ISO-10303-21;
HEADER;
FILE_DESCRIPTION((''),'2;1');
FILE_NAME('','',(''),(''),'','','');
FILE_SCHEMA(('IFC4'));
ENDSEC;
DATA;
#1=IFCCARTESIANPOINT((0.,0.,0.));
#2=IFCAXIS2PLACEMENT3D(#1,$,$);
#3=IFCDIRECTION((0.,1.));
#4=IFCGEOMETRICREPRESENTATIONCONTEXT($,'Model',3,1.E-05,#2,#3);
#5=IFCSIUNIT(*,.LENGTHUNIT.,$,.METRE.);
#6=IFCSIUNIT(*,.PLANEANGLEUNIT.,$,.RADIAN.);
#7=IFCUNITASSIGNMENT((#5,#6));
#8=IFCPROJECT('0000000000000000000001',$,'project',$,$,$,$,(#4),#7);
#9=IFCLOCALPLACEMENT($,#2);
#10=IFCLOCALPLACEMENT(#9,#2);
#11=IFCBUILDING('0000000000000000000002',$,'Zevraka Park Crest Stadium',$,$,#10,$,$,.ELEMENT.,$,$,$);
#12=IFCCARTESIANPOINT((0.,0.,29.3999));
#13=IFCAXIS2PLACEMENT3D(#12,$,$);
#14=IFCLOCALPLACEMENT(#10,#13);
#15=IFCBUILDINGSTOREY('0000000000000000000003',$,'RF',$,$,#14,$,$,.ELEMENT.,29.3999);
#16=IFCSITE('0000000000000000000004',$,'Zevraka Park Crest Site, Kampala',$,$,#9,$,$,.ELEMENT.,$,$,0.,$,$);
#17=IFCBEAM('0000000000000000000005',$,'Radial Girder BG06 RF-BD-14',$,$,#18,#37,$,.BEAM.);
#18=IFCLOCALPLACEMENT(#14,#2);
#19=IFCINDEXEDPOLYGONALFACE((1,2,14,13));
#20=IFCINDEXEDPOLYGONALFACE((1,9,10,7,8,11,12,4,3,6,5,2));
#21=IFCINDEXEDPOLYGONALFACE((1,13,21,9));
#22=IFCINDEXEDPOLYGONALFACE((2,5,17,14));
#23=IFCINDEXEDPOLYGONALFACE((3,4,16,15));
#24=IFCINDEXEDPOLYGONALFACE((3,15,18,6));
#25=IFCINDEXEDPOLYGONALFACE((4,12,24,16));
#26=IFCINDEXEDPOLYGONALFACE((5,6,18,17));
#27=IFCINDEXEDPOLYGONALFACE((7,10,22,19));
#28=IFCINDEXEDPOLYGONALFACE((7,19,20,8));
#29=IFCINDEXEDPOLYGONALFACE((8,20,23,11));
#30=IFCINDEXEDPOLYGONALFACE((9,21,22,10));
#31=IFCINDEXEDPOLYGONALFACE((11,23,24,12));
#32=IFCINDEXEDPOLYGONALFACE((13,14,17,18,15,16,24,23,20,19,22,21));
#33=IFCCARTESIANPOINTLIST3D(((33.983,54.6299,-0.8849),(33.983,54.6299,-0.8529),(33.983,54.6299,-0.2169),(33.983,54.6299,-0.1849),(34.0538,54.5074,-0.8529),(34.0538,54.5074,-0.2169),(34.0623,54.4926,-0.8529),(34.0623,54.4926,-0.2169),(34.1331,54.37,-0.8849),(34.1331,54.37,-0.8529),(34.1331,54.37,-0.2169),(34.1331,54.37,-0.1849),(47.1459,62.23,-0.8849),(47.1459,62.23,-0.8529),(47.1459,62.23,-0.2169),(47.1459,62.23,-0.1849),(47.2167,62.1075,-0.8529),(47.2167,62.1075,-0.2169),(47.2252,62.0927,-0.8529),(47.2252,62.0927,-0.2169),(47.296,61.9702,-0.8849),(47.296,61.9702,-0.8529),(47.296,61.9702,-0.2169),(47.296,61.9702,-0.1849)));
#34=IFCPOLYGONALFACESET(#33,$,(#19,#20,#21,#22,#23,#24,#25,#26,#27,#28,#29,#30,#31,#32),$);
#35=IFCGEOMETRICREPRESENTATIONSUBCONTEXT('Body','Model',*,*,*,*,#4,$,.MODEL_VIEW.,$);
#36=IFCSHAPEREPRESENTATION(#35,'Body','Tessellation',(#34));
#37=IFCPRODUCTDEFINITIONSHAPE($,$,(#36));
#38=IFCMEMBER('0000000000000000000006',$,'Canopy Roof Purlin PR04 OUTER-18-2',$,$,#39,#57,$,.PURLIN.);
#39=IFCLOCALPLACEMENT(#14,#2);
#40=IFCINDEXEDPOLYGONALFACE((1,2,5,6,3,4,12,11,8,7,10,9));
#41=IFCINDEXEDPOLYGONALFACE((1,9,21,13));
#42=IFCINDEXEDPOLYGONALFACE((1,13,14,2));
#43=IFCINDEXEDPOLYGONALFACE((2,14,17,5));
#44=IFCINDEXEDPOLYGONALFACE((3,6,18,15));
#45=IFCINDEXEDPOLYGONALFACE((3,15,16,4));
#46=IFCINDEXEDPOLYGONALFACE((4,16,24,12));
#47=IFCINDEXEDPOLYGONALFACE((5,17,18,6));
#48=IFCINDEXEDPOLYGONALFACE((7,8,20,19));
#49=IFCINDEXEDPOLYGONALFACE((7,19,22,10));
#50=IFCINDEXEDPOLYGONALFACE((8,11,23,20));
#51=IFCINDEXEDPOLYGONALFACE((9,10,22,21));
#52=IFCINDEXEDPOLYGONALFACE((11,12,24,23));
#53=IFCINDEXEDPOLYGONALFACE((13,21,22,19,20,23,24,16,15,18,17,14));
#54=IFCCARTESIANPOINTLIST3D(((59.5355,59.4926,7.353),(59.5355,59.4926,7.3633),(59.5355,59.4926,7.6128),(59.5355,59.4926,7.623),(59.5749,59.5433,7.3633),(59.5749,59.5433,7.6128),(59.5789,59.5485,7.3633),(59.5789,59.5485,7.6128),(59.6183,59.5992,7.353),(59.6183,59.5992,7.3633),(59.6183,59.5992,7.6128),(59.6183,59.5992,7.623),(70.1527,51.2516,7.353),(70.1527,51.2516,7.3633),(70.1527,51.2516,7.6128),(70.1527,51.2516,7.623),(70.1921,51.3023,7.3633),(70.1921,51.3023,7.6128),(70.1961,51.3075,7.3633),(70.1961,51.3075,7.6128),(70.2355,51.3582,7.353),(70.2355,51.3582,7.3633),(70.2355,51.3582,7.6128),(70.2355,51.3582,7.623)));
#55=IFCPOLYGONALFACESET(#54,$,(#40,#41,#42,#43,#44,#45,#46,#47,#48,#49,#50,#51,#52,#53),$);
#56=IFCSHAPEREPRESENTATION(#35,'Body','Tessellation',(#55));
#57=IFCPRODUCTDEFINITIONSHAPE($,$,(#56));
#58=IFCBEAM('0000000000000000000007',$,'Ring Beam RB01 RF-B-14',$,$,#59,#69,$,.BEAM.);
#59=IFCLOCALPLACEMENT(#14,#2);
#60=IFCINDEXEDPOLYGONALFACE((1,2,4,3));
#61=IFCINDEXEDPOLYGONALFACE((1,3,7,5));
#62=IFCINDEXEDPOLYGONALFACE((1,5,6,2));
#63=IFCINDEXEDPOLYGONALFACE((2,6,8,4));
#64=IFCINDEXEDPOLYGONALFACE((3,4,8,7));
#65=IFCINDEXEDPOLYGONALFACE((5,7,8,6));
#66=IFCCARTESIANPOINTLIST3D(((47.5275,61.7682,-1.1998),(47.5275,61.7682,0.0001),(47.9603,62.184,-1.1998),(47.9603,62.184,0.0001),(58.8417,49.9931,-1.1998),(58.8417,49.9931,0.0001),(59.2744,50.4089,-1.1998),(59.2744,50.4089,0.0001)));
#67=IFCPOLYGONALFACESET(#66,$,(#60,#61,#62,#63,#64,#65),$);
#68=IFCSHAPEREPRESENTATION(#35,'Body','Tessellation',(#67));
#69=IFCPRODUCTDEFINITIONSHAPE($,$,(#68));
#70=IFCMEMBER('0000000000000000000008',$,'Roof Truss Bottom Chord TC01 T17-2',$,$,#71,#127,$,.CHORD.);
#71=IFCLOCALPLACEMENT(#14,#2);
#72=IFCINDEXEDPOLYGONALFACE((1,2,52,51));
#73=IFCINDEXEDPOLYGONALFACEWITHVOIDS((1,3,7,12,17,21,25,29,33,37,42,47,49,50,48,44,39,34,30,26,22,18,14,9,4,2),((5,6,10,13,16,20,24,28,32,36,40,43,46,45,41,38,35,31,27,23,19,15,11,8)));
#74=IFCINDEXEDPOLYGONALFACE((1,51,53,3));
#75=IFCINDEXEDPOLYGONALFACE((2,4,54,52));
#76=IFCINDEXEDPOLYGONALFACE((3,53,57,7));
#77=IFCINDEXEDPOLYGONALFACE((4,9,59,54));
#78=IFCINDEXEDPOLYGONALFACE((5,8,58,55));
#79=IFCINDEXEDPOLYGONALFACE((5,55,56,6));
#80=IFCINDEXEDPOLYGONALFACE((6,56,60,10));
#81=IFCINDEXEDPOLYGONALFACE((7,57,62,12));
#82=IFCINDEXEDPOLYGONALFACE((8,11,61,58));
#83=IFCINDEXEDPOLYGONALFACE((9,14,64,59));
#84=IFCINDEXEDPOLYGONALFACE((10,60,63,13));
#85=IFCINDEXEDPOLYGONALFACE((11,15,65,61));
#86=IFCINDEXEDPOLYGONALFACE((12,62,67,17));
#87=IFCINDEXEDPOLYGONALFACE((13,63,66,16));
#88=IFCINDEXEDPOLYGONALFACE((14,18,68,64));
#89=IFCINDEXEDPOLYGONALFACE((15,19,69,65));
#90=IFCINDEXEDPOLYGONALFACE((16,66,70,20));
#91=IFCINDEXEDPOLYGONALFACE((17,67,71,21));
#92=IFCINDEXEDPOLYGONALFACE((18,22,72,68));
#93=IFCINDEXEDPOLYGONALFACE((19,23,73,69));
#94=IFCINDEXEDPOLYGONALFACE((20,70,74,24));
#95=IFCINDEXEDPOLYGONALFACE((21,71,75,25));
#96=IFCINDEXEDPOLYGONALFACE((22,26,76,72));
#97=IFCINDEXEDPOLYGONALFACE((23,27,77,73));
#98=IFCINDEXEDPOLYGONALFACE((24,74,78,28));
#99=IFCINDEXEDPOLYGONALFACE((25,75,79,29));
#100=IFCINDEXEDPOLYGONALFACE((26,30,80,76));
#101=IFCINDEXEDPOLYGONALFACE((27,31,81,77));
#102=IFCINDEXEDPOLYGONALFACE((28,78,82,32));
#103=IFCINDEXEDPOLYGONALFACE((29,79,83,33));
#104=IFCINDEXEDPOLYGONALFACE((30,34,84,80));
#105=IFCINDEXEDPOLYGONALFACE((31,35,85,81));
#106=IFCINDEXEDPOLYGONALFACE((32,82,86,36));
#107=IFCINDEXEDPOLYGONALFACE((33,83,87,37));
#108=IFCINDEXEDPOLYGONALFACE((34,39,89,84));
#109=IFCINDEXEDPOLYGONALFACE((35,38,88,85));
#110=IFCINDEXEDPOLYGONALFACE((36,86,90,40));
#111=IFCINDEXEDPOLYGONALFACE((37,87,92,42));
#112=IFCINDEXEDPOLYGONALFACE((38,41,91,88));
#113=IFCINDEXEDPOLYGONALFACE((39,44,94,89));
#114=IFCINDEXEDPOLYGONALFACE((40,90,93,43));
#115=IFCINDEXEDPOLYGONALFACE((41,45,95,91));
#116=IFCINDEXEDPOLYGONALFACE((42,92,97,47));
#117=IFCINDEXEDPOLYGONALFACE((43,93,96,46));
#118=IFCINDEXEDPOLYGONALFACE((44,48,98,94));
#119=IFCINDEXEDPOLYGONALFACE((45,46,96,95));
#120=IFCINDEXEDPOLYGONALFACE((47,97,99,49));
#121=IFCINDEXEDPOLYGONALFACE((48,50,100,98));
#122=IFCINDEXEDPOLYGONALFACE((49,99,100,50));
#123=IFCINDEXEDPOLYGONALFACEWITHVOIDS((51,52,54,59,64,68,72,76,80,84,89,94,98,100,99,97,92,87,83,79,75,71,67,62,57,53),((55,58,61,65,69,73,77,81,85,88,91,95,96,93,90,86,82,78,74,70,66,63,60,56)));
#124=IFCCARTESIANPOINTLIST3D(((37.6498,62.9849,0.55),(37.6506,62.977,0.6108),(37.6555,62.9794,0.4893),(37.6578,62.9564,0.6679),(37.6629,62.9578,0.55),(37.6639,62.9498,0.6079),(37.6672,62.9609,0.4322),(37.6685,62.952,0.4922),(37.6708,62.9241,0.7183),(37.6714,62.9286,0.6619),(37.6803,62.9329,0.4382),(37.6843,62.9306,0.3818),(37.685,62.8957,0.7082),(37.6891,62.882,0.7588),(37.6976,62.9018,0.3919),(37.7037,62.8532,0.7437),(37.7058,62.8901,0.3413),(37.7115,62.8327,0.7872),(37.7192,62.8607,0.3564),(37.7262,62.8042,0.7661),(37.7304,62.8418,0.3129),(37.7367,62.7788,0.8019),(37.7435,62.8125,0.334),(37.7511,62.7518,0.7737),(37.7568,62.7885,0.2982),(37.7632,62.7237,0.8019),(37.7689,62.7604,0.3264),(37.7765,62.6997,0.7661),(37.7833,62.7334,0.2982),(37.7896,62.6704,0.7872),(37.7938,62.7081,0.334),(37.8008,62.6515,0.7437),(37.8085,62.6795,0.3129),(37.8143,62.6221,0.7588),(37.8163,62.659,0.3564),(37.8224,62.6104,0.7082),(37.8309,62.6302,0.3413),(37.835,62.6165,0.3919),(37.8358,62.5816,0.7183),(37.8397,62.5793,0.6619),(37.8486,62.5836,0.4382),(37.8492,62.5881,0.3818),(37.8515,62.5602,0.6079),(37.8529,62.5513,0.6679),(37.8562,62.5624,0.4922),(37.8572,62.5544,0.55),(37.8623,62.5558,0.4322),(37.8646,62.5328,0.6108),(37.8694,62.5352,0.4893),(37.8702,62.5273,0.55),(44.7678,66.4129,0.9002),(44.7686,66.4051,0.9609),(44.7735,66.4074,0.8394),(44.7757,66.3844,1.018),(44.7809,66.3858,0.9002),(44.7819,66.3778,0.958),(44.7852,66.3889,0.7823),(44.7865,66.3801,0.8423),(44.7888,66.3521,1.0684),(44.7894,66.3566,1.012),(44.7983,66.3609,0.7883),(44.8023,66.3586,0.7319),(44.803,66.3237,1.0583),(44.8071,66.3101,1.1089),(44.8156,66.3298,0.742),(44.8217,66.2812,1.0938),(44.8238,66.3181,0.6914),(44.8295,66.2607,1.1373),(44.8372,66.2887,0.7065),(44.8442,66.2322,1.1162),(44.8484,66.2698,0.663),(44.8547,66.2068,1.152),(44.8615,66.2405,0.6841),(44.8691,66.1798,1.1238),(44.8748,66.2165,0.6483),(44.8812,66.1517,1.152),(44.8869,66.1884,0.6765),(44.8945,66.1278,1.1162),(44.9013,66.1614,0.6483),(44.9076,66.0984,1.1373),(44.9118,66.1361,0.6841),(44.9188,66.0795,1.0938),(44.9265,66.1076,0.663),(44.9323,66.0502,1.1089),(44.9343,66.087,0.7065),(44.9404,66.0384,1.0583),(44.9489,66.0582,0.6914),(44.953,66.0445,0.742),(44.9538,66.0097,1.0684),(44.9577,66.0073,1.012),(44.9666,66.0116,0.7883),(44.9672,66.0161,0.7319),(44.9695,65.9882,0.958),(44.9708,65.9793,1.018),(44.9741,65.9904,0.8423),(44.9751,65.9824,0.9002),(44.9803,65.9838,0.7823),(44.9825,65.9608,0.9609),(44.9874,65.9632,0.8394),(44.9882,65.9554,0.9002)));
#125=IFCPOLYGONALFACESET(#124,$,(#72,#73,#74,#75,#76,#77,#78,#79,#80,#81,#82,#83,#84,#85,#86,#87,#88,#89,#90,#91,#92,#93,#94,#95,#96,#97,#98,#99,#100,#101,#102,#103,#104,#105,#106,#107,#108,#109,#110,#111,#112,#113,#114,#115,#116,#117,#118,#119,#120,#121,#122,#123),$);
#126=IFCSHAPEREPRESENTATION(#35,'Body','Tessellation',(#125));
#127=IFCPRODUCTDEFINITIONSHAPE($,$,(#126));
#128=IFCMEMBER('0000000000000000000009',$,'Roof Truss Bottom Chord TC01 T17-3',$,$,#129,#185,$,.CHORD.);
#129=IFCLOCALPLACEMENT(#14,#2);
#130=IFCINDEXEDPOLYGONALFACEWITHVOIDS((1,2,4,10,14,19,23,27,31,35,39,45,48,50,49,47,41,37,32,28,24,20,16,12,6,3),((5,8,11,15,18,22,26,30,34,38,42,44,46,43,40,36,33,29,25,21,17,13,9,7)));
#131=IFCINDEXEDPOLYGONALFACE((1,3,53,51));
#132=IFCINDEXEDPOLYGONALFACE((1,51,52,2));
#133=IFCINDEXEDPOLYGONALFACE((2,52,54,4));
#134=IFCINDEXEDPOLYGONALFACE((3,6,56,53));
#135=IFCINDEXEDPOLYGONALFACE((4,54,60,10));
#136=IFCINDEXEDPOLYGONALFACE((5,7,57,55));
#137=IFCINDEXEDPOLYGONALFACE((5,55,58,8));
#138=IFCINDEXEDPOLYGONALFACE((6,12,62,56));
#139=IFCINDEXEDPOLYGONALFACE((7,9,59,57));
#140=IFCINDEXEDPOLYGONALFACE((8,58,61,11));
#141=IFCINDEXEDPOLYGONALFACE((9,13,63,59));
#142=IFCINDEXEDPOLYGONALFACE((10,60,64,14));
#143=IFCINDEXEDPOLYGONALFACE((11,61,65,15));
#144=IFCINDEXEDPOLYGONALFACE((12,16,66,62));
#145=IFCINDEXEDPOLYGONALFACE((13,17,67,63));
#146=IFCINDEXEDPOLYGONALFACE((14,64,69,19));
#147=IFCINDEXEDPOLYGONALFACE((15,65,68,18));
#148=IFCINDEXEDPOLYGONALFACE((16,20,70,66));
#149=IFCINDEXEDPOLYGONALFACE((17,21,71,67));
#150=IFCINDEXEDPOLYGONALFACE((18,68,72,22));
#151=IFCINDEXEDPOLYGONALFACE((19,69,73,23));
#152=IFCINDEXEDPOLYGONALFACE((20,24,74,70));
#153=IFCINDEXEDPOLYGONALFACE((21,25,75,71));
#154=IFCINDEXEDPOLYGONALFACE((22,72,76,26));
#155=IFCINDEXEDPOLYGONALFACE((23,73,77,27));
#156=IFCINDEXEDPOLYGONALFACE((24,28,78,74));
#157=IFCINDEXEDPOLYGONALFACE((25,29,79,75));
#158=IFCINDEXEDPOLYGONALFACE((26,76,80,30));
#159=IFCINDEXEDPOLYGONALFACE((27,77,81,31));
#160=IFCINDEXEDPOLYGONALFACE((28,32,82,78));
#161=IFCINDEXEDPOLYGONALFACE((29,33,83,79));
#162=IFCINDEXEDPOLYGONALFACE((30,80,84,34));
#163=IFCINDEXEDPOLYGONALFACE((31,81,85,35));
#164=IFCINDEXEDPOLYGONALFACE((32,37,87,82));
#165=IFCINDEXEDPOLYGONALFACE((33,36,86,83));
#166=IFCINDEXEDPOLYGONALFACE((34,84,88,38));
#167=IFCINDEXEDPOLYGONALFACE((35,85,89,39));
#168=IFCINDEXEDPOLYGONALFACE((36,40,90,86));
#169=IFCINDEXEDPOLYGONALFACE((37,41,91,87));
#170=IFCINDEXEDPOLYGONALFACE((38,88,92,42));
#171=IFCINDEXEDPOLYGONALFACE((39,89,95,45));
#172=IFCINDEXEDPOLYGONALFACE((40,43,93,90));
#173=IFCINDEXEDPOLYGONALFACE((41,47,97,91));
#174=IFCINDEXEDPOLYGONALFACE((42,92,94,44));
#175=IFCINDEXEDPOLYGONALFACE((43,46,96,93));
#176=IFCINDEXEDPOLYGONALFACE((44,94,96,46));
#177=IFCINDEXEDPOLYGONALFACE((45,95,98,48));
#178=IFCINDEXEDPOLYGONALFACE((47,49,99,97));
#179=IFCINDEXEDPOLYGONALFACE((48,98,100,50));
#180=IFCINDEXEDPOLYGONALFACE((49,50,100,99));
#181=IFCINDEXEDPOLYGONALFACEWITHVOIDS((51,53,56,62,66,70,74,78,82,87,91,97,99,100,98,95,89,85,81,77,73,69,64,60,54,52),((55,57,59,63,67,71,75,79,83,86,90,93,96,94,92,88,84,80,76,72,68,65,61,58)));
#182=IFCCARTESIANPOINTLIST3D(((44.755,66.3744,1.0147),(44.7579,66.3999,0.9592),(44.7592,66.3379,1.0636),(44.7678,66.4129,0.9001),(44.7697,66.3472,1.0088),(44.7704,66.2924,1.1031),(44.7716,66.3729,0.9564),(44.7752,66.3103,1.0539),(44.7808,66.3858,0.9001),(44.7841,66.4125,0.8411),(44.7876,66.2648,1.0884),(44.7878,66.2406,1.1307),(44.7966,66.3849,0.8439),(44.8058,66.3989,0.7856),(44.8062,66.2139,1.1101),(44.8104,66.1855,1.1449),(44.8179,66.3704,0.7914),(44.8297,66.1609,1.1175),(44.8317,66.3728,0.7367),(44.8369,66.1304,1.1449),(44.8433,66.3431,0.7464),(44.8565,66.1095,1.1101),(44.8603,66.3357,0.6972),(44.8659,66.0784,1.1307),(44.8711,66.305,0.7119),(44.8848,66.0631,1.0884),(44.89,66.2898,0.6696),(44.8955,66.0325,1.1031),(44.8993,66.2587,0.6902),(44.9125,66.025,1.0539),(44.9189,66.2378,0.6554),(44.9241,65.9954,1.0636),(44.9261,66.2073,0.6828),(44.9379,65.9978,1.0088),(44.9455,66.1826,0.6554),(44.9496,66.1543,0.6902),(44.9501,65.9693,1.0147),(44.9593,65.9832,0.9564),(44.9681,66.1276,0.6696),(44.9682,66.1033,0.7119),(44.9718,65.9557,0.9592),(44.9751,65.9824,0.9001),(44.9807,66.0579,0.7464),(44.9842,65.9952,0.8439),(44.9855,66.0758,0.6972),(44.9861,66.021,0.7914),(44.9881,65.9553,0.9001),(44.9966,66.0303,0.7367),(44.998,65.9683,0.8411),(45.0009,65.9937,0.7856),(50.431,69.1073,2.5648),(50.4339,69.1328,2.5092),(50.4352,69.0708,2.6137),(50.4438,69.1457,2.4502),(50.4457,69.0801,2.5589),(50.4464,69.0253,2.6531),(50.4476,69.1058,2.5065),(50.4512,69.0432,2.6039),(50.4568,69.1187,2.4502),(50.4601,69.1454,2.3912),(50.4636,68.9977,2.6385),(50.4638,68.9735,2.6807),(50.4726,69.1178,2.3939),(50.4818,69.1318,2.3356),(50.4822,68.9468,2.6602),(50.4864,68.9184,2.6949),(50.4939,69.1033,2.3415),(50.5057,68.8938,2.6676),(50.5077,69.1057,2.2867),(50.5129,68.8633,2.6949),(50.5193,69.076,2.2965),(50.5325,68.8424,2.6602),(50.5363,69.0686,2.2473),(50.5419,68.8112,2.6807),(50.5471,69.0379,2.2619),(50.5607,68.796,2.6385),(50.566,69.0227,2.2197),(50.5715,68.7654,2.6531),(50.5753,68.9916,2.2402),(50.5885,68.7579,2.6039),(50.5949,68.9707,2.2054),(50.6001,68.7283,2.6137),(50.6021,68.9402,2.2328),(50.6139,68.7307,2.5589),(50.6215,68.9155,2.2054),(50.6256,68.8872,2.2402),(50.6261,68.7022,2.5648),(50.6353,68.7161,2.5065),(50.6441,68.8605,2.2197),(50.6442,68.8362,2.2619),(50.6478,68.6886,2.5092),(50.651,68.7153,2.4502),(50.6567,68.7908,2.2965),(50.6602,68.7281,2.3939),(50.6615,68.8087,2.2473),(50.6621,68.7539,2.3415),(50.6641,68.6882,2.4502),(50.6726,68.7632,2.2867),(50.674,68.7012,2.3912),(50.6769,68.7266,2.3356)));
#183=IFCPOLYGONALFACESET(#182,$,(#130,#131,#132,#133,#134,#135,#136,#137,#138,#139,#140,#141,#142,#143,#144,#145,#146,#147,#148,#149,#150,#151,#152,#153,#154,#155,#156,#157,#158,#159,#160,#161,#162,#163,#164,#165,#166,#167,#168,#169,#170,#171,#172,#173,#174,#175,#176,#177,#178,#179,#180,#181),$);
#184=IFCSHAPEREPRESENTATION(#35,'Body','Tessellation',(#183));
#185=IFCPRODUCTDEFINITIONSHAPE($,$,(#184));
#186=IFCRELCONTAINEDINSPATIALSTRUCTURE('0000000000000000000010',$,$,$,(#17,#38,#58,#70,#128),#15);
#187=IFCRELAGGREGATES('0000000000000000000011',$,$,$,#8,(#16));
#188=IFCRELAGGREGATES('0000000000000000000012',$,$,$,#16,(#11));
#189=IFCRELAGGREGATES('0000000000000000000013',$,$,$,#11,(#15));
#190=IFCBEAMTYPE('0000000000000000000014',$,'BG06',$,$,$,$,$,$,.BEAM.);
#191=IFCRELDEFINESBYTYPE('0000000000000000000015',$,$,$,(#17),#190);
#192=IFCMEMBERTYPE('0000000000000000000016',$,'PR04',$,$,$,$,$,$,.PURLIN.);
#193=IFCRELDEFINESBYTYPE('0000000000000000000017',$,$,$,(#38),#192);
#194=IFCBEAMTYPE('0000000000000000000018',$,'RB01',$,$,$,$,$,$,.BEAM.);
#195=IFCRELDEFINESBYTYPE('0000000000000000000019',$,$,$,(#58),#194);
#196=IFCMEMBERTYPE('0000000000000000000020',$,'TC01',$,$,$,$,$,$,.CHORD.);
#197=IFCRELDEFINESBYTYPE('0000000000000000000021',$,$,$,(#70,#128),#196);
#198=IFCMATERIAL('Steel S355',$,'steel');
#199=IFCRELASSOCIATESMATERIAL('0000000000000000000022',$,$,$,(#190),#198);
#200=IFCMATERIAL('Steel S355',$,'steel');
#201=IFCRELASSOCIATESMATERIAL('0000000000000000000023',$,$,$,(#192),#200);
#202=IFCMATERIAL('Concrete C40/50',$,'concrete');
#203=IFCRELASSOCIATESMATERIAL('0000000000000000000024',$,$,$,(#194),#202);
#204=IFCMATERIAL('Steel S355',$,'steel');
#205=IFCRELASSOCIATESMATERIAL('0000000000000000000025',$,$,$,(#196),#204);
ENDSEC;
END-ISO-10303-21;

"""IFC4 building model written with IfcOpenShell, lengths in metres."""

from ifc_helpers import new_model, si_unit, direction, frame, origin, origin_2d, place, context, subcontext, project, spatial, rectangle, hollow_circle, i_section, extrude, material, material_profile, profile_set, type_object, element, save


model = new_model("IFC4")

# Units and contexts
model_context = context("Model", 3, precision=1e-05, world=origin(), true_north=direction((0.0, 1.0)))
body_context = subcontext(model_context, "Body", "Model", "MODEL_VIEW")
ifc_project = project(units=[si_unit("LENGTHUNIT", "METRE"), si_unit("PLANEANGLEUNIT", "RADIAN")], contexts=[model_context])

# Site, building, storey
site_placement = place(None, origin())
site = spatial("IfcSite", under=ifc_project, at=site_placement, Name="Zevraka Park Crest Site, Kampala", CompositionType="ELEMENT", RefElevation=0.0)
building_placement = place(site_placement, origin())
building = spatial("IfcBuilding", under=site, at=building_placement, Name="Zevraka Park Crest Stadium", CompositionType="ELEMENT")
storey_placement = place(building_placement, frame((0.0, 0.0, 29.3999)))
storey = spatial("IfcBuildingStorey", under=building, at=storey_placement, Name="RF", CompositionType="ELEMENT", Elevation=29.3999)

# Beam
ifc_material_1 = material(Name="Steel S355", Category="steel")
ifc_material_profile_1 = material_profile(ifc_material_1, i_section(OverallWidth=0.3, OverallDepth=0.7, WebThickness=0.0171, FlangeThickness=0.032, at=origin_2d()), Name="HEB 700")
ifc_profile_set_1 = profile_set([ifc_material_profile_1], Name="Steel S355")
beam_type_1 = type_object("IfcBeamType", Name="BG06", PredefinedType="BEAM", material=ifc_profile_set_1)
beam_1_placement = place(storey_placement, frame((47.2209, 62.1001, -0.5349), z_axis=(-0.86601, -0.500026, 0.0), x_axis=(0.500026, -0.86601, 0.0)))
element("IfcBeam", 1, at=beam_1_placement, inside=storey, type_object=beam_type_1, Name="Radial Girder BG06 RF-BD-14", PredefinedType="BEAM", context=body_context, shape_type="SweptSolid", body=[
    extrude(i_section(OverallWidth=0.3, OverallDepth=0.7, WebThickness=0.0171, FlangeThickness=0.032, at=origin_2d()), origin(), (0.0, 0.0, 1.0), 15.1995),
])

# Member
ifc_material_2 = material(Name="Steel S355", Category="steel")
ifc_material_profile_2 = material_profile(ifc_material_2, i_section(OverallWidth=0.135, OverallDepth=0.27, WebThickness=0.0066, FlangeThickness=0.0103, at=origin_2d()), Name="IPE 270")
ifc_profile_set_2 = profile_set([ifc_material_profile_2], Name="Steel S355")
member_type_1 = type_object("IfcMemberType", Name="PR04", PredefinedType="PURLIN", material=ifc_profile_set_2)
member_1_placement = place(storey_placement, frame((59.5769, 59.5459, 7.488), z_axis=(0.789959, -0.613159, 0.0), x_axis=(0.613159, 0.789959, 0.0)))
element("IfcMember", 2, at=member_1_placement, inside=storey, type_object=member_type_1, Name="Canopy Roof Purlin PR04 OUTER-18-2", PredefinedType="PURLIN", context=body_context, shape_type="SweptSolid", body=[
    extrude(i_section(OverallWidth=0.135, OverallDepth=0.27, WebThickness=0.0066, FlangeThickness=0.0103, at=origin_2d()), origin(), (0.0, 0.0, 1.0), 13.4402),
])

# Beam
ifc_material_3 = material(Name="Concrete C40/50", Category="concrete")
ifc_material_profile_3 = material_profile(ifc_material_3, rectangle(XDim=0.6001, YDim=1.2, at=origin_2d()), Name="RC 1200x600")
ifc_profile_set_3 = profile_set([ifc_material_profile_3], Name="Concrete C40/50")
beam_type_2 = type_object("IfcBeamType", Name="RB01", PredefinedType="BEAM", material=ifc_profile_set_3)
beam_2_placement = place(storey_placement, frame((47.7439, 61.9761, -0.5999), z_axis=(0.692853, -0.721079, 0.0), x_axis=(0.721079, 0.692853, 0.0)))
element("IfcBeam", 3, at=beam_2_placement, inside=storey, type_object=beam_type_2, Name="Ring Beam RB01 RF-B-14", PredefinedType="BEAM", context=body_context, shape_type="SweptSolid", body=[
    extrude(rectangle(XDim=0.6001, YDim=1.2, at=origin_2d()), origin(), (0.0, 0.0, 1.0), 16.3298),
])

# Members
ifc_material_4 = material(Name="Steel S355", Category="steel")
ifc_material_profile_4 = material_profile(ifc_material_4, hollow_circle(Radius=0.2539, WallThickness=0.03, at=origin_2d()), Name="CHS 508.0x30")
ifc_profile_set_4 = profile_set([ifc_material_profile_4], Name="Steel S355")
member_type_2 = type_object("IfcMemberType", Name="TC01", PredefinedType="CHORD", material=ifc_profile_set_4)
member_2_placement = place(storey_placement, frame((37.76, 62.7561, 0.55), z_axis=(0.900077, 0.433476, 0.044271), x_axis=(-0.433901, 0.900961, 0.0)))
element("IfcMember", 4, at=member_2_placement, inside=storey, type_object=member_type_2, Name="Roof Truss Bottom Chord TC01 T17-2", PredefinedType="CHORD", context=body_context, shape_type="SweptSolid", body=[
    extrude(hollow_circle(Radius=0.2539, WallThickness=0.03, at=origin_2d()), origin(), (0.0, 0.0, 1.0), 7.9082),
])
for number, where, z_axis, x_axis, name in (
    (5, (44.8779, 66.1841, 0.9001), (0.874906, 0.421253, 0.238926), (-0.433817, 0.901001, 0.0), "Roof Truss Bottom Chord TC01 T17-3"),
):
    element("IfcMember", number, at=place(storey_placement, frame(where, z_axis=z_axis, x_axis=x_axis)), inside=storey, type_object=member_type_2, Name=name, PredefinedType="CHORD", context=body_context, shape_type="SweptSolid", body=[
        extrude(hollow_circle(Radius=0.2539, WallThickness=0.03, at=origin_2d()), origin(), (0.0, 0.0, 1.0), 6.4875),
    ])

save(model, "model.ifc")
